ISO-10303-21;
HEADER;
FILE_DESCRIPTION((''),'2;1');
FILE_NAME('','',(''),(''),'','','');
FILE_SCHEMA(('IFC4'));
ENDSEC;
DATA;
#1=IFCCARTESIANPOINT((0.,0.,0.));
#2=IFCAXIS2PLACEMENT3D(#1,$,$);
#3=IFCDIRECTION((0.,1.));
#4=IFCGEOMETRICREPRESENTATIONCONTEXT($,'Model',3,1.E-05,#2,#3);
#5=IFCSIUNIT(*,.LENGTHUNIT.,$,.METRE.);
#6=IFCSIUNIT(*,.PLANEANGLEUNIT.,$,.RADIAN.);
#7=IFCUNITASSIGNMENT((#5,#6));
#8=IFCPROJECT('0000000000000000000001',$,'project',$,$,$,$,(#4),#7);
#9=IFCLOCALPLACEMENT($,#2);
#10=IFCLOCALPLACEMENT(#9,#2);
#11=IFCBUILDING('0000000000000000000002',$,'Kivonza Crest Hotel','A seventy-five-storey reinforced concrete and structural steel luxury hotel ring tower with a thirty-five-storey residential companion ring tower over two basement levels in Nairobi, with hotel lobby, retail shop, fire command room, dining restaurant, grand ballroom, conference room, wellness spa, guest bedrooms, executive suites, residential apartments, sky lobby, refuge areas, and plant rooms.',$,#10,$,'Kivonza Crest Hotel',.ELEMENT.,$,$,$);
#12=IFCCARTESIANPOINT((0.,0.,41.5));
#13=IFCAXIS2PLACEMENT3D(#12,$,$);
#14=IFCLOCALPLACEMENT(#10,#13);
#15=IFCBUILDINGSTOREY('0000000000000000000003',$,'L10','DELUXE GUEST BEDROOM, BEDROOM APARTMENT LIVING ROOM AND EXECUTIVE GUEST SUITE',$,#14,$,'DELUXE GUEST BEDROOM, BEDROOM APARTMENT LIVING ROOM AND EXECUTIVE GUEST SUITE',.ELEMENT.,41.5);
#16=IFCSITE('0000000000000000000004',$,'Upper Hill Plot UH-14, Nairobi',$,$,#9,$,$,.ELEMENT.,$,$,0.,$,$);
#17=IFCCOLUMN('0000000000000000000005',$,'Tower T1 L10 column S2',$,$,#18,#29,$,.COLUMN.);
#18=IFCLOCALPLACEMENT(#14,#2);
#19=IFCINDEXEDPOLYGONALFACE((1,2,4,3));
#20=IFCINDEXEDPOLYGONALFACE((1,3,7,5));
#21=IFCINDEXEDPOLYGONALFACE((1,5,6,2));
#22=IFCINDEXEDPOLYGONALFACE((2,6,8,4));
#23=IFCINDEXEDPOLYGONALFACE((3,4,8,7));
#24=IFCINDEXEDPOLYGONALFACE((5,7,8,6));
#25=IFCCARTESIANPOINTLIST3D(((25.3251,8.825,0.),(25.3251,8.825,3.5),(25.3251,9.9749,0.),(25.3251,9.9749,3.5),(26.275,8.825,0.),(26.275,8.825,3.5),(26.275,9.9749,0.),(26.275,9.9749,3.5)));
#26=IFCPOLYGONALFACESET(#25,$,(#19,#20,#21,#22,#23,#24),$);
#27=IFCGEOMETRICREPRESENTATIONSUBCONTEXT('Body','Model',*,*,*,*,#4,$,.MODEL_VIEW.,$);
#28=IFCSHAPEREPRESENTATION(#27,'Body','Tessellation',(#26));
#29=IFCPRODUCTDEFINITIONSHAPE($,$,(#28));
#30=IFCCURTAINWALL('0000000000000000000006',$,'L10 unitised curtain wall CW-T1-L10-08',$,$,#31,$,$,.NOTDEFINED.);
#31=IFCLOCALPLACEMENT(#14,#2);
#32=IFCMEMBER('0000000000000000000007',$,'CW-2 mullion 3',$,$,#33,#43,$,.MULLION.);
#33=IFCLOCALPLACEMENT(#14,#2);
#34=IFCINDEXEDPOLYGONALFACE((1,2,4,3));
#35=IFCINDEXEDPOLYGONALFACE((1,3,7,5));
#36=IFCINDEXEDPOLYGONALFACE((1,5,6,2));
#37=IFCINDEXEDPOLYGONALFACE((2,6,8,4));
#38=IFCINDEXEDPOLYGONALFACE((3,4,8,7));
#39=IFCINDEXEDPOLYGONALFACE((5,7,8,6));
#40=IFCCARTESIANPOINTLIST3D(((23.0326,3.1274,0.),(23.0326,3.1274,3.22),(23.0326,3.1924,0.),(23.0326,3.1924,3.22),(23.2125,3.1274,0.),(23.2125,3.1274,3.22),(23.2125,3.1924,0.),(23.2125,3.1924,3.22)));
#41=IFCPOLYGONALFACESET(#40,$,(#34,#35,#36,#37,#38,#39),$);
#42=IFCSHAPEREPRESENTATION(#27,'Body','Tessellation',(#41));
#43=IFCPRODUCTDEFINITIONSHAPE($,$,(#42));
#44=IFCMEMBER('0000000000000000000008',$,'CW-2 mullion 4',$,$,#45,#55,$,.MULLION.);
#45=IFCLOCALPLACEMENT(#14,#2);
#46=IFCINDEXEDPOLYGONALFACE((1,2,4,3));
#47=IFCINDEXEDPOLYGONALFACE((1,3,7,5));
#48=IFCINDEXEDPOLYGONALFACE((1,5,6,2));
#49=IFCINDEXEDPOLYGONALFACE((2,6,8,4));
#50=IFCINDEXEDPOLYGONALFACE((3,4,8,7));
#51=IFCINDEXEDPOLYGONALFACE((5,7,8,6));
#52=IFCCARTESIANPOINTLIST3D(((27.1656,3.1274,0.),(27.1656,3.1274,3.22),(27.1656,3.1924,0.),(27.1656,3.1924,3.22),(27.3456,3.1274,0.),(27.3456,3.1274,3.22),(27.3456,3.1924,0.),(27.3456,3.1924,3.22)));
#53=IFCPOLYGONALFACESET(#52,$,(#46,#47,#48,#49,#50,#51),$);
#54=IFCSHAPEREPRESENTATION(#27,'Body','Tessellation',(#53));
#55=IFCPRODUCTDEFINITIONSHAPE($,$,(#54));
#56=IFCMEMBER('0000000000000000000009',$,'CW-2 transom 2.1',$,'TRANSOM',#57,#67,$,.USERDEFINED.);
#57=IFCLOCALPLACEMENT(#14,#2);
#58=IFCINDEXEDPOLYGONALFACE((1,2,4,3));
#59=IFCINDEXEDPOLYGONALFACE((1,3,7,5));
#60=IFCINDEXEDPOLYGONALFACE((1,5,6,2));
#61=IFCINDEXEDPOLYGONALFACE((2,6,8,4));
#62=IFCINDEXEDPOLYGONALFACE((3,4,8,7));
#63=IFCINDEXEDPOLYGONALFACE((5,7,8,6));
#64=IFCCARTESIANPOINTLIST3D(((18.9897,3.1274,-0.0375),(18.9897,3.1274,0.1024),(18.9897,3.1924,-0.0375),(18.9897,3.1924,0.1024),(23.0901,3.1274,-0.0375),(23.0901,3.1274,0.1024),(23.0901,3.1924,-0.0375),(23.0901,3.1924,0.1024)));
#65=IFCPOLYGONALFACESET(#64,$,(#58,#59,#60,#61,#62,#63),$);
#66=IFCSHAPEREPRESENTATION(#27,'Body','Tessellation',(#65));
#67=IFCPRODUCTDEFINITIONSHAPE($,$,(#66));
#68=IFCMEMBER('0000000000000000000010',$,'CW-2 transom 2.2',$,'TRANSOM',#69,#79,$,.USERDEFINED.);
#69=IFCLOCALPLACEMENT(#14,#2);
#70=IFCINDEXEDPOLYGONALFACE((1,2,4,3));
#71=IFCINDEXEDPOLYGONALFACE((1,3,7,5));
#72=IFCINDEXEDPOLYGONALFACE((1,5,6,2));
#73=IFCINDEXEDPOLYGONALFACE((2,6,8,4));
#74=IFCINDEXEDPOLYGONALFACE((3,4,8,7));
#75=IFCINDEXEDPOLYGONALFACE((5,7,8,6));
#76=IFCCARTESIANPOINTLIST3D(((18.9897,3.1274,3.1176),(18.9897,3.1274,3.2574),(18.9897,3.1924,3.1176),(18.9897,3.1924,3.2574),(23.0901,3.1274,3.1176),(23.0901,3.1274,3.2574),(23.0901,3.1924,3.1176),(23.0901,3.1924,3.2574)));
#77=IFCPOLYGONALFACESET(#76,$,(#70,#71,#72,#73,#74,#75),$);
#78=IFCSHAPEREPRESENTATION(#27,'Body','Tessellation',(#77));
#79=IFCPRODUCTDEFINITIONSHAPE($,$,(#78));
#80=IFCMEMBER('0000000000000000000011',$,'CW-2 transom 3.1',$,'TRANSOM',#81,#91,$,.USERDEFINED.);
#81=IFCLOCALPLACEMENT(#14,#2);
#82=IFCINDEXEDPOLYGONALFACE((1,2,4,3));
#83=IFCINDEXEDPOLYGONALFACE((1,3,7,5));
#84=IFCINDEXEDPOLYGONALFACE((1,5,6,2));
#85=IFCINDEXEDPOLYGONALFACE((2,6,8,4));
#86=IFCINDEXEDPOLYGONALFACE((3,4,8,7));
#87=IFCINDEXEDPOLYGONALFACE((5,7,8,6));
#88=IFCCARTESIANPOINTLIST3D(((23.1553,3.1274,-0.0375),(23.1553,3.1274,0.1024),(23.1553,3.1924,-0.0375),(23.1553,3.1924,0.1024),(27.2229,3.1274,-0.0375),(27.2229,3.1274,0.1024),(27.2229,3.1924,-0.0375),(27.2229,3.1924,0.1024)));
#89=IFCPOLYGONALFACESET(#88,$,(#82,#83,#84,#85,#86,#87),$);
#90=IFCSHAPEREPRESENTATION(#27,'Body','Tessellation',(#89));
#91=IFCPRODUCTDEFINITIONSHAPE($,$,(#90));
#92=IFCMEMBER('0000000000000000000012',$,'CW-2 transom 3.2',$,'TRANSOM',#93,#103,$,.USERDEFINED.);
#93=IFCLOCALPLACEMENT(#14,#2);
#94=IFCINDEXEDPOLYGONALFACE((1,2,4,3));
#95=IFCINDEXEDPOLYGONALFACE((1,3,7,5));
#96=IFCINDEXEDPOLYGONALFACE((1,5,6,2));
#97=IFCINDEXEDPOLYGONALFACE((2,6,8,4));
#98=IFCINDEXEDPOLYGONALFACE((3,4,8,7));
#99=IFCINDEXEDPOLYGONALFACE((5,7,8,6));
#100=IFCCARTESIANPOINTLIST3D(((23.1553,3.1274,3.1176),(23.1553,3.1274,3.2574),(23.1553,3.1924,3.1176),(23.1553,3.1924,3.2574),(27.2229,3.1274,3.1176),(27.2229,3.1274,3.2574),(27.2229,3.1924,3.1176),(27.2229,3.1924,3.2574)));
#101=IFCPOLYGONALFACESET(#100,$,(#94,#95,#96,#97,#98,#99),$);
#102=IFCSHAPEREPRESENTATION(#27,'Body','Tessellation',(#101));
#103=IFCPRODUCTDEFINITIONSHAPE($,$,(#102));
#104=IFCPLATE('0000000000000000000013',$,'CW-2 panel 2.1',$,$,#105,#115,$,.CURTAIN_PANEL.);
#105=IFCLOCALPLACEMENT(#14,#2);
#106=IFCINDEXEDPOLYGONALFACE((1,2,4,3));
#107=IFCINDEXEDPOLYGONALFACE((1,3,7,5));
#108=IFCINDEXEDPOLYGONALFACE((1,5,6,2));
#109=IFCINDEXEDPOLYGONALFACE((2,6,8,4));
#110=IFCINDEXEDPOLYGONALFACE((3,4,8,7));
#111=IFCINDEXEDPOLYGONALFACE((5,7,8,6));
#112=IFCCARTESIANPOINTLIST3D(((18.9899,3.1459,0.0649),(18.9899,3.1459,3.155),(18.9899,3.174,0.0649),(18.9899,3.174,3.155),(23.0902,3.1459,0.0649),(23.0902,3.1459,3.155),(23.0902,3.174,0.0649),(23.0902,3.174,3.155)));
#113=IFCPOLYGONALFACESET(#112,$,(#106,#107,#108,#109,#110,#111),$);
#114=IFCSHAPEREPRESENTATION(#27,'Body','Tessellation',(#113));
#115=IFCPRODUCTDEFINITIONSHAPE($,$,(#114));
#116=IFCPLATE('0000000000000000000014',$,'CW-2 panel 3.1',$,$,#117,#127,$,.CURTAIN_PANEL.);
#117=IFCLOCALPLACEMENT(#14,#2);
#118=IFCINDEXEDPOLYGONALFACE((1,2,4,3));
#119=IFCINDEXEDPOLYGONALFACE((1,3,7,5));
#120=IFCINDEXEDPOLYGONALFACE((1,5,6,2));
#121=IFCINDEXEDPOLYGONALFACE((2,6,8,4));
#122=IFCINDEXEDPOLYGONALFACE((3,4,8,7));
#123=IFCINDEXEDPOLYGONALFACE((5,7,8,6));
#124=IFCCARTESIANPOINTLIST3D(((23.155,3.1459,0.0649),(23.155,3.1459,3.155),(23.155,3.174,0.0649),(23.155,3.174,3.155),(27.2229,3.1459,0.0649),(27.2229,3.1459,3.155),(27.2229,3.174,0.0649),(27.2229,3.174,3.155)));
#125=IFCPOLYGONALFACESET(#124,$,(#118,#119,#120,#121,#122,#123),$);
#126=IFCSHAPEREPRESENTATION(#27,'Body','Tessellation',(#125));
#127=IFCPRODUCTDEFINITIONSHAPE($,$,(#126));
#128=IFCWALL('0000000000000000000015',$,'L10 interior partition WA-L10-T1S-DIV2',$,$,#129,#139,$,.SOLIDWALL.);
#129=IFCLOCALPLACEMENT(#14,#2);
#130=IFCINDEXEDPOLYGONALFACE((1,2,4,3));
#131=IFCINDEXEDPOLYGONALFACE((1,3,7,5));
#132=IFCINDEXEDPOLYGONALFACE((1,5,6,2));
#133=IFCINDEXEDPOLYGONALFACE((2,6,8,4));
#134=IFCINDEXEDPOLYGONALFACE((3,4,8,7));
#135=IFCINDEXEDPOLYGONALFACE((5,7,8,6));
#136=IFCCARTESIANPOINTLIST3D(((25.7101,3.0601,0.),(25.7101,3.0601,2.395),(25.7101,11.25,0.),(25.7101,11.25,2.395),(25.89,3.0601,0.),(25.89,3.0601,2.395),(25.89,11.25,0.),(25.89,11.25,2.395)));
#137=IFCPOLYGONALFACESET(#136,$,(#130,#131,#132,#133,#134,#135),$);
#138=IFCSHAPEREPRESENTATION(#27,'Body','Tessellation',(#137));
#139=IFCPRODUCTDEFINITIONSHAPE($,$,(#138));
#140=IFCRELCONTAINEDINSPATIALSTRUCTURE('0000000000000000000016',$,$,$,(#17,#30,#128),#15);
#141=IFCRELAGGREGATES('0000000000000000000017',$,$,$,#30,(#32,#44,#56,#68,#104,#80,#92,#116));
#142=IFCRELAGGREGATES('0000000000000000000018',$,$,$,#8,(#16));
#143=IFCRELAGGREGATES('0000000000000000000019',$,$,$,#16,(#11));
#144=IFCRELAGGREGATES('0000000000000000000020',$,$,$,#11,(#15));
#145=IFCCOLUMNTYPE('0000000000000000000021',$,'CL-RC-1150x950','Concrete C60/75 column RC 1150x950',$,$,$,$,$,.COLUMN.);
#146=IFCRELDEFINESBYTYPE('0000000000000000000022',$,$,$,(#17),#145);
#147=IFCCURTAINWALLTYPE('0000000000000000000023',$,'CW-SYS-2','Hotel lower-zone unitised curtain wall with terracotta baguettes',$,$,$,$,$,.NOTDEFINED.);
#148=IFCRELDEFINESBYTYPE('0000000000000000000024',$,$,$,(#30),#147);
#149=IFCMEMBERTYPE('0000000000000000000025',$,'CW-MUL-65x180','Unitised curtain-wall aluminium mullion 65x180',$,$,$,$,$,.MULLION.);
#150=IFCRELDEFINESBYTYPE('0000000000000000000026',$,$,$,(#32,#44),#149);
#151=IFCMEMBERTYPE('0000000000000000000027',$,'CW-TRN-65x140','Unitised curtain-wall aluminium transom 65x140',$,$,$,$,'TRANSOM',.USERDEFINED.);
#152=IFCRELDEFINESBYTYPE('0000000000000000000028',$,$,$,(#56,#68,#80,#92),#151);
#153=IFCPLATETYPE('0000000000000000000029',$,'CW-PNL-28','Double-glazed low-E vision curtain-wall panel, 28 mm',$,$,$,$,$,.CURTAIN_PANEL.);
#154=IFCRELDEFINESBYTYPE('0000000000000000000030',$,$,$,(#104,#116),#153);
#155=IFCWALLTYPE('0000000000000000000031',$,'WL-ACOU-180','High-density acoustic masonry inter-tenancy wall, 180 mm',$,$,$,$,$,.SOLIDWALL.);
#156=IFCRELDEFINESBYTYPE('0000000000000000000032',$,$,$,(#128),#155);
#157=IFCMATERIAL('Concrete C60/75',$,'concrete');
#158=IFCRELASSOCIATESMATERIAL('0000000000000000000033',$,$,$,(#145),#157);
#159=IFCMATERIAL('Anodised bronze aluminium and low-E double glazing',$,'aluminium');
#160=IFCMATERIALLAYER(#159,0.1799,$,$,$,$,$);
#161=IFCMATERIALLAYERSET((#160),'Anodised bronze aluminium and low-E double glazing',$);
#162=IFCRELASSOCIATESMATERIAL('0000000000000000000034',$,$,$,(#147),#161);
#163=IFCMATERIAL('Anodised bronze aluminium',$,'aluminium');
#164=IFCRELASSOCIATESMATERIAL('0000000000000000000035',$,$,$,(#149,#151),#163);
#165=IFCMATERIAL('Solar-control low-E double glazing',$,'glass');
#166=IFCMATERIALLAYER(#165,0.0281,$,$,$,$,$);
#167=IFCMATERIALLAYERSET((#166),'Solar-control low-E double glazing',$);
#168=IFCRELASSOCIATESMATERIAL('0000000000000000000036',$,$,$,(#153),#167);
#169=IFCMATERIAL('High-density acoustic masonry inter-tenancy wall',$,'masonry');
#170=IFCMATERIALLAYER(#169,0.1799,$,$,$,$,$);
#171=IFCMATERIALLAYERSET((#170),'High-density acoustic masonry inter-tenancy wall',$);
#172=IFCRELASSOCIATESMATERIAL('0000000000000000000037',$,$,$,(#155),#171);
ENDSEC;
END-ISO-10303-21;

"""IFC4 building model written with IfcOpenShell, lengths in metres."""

from ifc_helpers import new_model, si_unit, direction, frame, frame_2d, origin, origin_2d, place, context, subcontext, project, spatial, rectangle, extrude, material, layer, layer_set, material_profile, profile_set, type_object, element, aggregate, save


model = new_model("IFC4")

# Units and contexts
model_context = context("Model", 3, precision=1e-05, world=origin(), true_north=direction((0.0, 1.0)))
body_context = subcontext(model_context, "Body", "Model", "MODEL_VIEW")
ifc_project = project(units=[si_unit("LENGTHUNIT", "METRE"), si_unit("PLANEANGLEUNIT", "RADIAN")], contexts=[model_context])

# Site, building, storey
site_placement = place(None, origin())
site = spatial("IfcSite", under=ifc_project, at=site_placement, Name="Upper Hill Plot UH-14, Nairobi", CompositionType="ELEMENT", RefElevation=0.0)
building_placement = place(site_placement, origin())
building = spatial("IfcBuilding", under=site, at=building_placement, Name="Kivonza Crest Hotel", Description="A seventy-five-storey reinforced concrete and structural steel luxury hotel ring tower with a thirty-five-storey residential companion ring tower over two basement levels in Nairobi, with hotel lobby, retail shop, fire command room, dining restaurant, grand ballroom, conference room, wellness spa, guest bedrooms, executive suites, residential apartments, sky lobby, refuge areas, and plant rooms.", LongName="Kivonza Crest Hotel", CompositionType="ELEMENT")
storey_placement = place(building_placement, frame((0.0, 0.0, 41.5)))
storey = spatial("IfcBuildingStorey", under=building, at=storey_placement, Name="L10", Description="DELUXE GUEST BEDROOM, BEDROOM APARTMENT LIVING ROOM AND EXECUTIVE GUEST SUITE", LongName="DELUXE GUEST BEDROOM, BEDROOM APARTMENT LIVING ROOM AND EXECUTIVE GUEST SUITE", CompositionType="ELEMENT", Elevation=41.5)

# Column
ifc_material_1 = material(Name="Concrete C60/75", Category="concrete")
ifc_material_profile_1 = material_profile(ifc_material_1, rectangle(XDim=0.95, YDim=1.1499, at=origin_2d()), Name="RC 1150x950")
ifc_profile_set_1 = profile_set([ifc_material_profile_1], Name="Concrete C60/75")
column_type = type_object("IfcColumnType", Name="CL-RC-1150x950", Description="Concrete C60/75 column RC 1150x950", PredefinedType="COLUMN", material=ifc_profile_set_1)
column_placement = place(storey_placement, frame((25.8, 9.3999, 0.0), z_axis=(0.0, 0.0, 1.0), x_axis=(1.0, 0.0, 0.0)))
element("IfcColumn", 1, at=column_placement, inside=storey, type_object=column_type, Name="Tower T1 L10 column S2", PredefinedType="COLUMN", context=body_context, shape_type="SweptSolid", body=[
    extrude(rectangle(XDim=0.95, YDim=1.1499, at=origin_2d()), origin(), (0.0, 0.0, 1.0), 3.5),
])

# Curtain wall, members, plates
ifc_material_2 = material(Name="Anodised bronze aluminium and low-E double glazing", Category="aluminium")
ifc_layer_1 = layer(ifc_material_2, 0.1799)
ifc_layer_set_1 = layer_set([ifc_layer_1], Name="Anodised bronze aluminium and low-E double glazing")
curtain_wall_type = type_object("IfcCurtainWallType", Name="CW-SYS-2", Description="Hotel lower-zone unitised curtain wall with terracotta baguettes", PredefinedType="NOTDEFINED", material=ifc_layer_set_1)
curtain_wall_placement = place(storey_placement, origin())
curtain_wall = element("IfcCurtainWall", 2, at=curtain_wall_placement, inside=storey, type_object=curtain_wall_type, Name="L10 unitised curtain wall CW-T1-L10-08", PredefinedType="NOTDEFINED")
ifc_material_3 = material(Name="Anodised bronze aluminium", Category="aluminium")
ifc_material_profile_2 = material_profile(ifc_material_3, rectangle(XDim=0.0649, YDim=0.1799, at=origin_2d()), Name="CW-M 65x180")
ifc_profile_set_2 = profile_set([ifc_material_profile_2], Name="Anodised bronze aluminium")
member_type_1 = type_object("IfcMemberType", Name="CW-MUL-65x180", Description="Unitised curtain-wall aluminium mullion 65x180", PredefinedType="MULLION", material=ifc_profile_set_2)
member_1_placement = place(storey_placement, frame((23.1226, 3.1599, 0.0), z_axis=(0.0, 0.0, 1.0), x_axis=(0.0, 1.0, 0.0)))
member_1 = element("IfcMember", 3, at=member_1_placement, type_object=member_type_1, Name="CW-2 mullion 3", PredefinedType="MULLION", context=body_context, shape_type="SweptSolid", body=[
    extrude(rectangle(XDim=0.0649, YDim=0.1799, at=origin_2d()), origin(), (0.0, 0.0, 1.0), 3.22),
])
member_2_placement = place(storey_placement, frame((27.2556, 3.1599, 0.0), z_axis=(0.0, 0.0, 1.0), x_axis=(0.0, 1.0, 0.0)))
member_2 = element("IfcMember", 4, at=member_2_placement, type_object=member_type_1, Name="CW-2 mullion 4", PredefinedType="MULLION", context=body_context, shape_type="SweptSolid", body=[
    extrude(rectangle(XDim=0.0649, YDim=0.1799, at=origin_2d()), origin(), (0.0, 0.0, 1.0), 3.22),
])
ifc_material_profile_3 = material_profile(ifc_material_3, rectangle(XDim=0.0649, YDim=0.1399, at=origin_2d()), Name="CW-T 65x140")
ifc_profile_set_3 = profile_set([ifc_material_profile_3], Name="Anodised bronze aluminium")
member_type_2 = type_object("IfcMemberType", Name="CW-TRN-65x140", Description="Unitised curtain-wall aluminium transom 65x140", ElementType="TRANSOM", PredefinedType="USERDEFINED", material=ifc_profile_set_3)
member_3_placement = place(storey_placement, frame((18.9897, 3.1599, 0.0325), z_axis=(1.0, 0.0, 0.0), x_axis=(0.0, 1.0, 0.0)))
member_3 = element("IfcMember", 5, at=member_3_placement, type_object=member_type_2, Name="CW-2 transom 2.1", ObjectType="TRANSOM", PredefinedType="USERDEFINED", context=body_context, shape_type="SweptSolid", body=[
    extrude(rectangle(XDim=0.0649, YDim=0.1399, at=origin_2d()), origin(), (0.0, 0.0, 1.0), 4.1003),
])
member_4_placement = place(storey_placement, frame((18.9897, 3.1599, 3.1875), z_axis=(1.0, 0.0, 0.0), x_axis=(0.0, 1.0, 0.0)))
member_4 = element("IfcMember", 6, at=member_4_placement, type_object=member_type_2, Name="CW-2 transom 2.2", ObjectType="TRANSOM", PredefinedType="USERDEFINED", context=body_context, shape_type="SweptSolid", body=[
    extrude(rectangle(XDim=0.0649, YDim=0.1399, at=origin_2d()), origin(), (0.0, 0.0, 1.0), 4.1003),
])
member_5_placement = place(storey_placement, frame((23.1553, 3.1599, 0.0325), z_axis=(1.0, 0.0, 0.0), x_axis=(0.0, 1.0, 0.0)))
member_5 = element("IfcMember", 7, at=member_5_placement, type_object=member_type_2, Name="CW-2 transom 3.1", ObjectType="TRANSOM", PredefinedType="USERDEFINED", context=body_context, shape_type="SweptSolid", body=[
    extrude(rectangle(XDim=0.0649, YDim=0.1399, at=origin_2d()), origin(), (0.0, 0.0, 1.0), 4.0676),
])
member_6_placement = place(storey_placement, frame((23.1553, 3.1599, 3.1875), z_axis=(1.0, 0.0, 0.0), x_axis=(0.0, 1.0, 0.0)))
member_6 = element("IfcMember", 8, at=member_6_placement, type_object=member_type_2, Name="CW-2 transom 3.2", ObjectType="TRANSOM", PredefinedType="USERDEFINED", context=body_context, shape_type="SweptSolid", body=[
    extrude(rectangle(XDim=0.0649, YDim=0.1399, at=origin_2d()), origin(), (0.0, 0.0, 1.0), 4.0676),
])
ifc_material_4 = material(Name="Solar-control low-E double glazing", Category="glass")
ifc_layer_2 = layer(ifc_material_4, 0.0281)
ifc_layer_set_2 = layer_set([ifc_layer_2], Name="Solar-control low-E double glazing")
plate_type = type_object("IfcPlateType", Name="CW-PNL-28", Description="Double-glazed low-E vision curtain-wall panel, 28 mm", PredefinedType="CURTAIN_PANEL", material=ifc_layer_set_2)
plate_1_placement = place(storey_placement, frame((21.04, 3.1599, 0.0649), z_axis=(0.0, 0.0, 1.0), x_axis=(1.0, 0.0, 0.0)))
plate_1 = element("IfcPlate", 9, at=plate_1_placement, type_object=plate_type, Name="CW-2 panel 2.1", PredefinedType="CURTAIN_PANEL", context=body_context, shape_type="SweptSolid", body=[
    extrude(rectangle(XDim=4.1003, YDim=0.0281, at=origin_2d()), origin(), (0.0, 0.0, 1.0), 3.0901),
])
plate_2_placement = place(storey_placement, frame((25.189, 3.1599, 0.0649), z_axis=(0.0, 0.0, 1.0), x_axis=(1.0, 0.0, 0.0)))
plate_2 = element("IfcPlate", 10, at=plate_2_placement, type_object=plate_type, Name="CW-2 panel 3.1", PredefinedType="CURTAIN_PANEL", context=body_context, shape_type="SweptSolid", body=[
    extrude(rectangle(XDim=4.0679, YDim=0.0281, at=origin_2d()), origin(), (0.0, 0.0, 1.0), 3.0901),
])
aggregate(curtain_wall, [member_1, member_2, member_3, member_4, plate_1, member_5, member_6, plate_2])

# Wall
ifc_material_5 = material(Name="High-density acoustic masonry inter-tenancy wall", Category="masonry")
ifc_layer_3 = layer(ifc_material_5, 0.1799)
ifc_layer_set_3 = layer_set([ifc_layer_3], Name="High-density acoustic masonry inter-tenancy wall")
wall_type_1 = type_object("IfcWallType", Name="WL-ACOU-180", Description="High-density acoustic masonry inter-tenancy wall, 180 mm", PredefinedType="SOLIDWALL", material=ifc_layer_set_3)
wall_1_placement = place(storey_placement, frame((25.8, 3.0601, 0.0), z_axis=(0.0, 0.0, 1.0), x_axis=(0.0, 1.0, 0.0)))
element("IfcWall", 11, at=wall_1_placement, inside=storey, type_object=wall_type_1, Name="L10 interior partition WA-L10-T1S-DIV2", PredefinedType="SOLIDWALL", context=body_context, shape_type="SweptSolid", body=[
    extrude(rectangle(XDim=8.1899, YDim=0.1799, at=frame_2d((4.095, 0.0))), origin(), (0.0, 0.0, 1.0), 2.395),
])

save(model, "model.ifc")
